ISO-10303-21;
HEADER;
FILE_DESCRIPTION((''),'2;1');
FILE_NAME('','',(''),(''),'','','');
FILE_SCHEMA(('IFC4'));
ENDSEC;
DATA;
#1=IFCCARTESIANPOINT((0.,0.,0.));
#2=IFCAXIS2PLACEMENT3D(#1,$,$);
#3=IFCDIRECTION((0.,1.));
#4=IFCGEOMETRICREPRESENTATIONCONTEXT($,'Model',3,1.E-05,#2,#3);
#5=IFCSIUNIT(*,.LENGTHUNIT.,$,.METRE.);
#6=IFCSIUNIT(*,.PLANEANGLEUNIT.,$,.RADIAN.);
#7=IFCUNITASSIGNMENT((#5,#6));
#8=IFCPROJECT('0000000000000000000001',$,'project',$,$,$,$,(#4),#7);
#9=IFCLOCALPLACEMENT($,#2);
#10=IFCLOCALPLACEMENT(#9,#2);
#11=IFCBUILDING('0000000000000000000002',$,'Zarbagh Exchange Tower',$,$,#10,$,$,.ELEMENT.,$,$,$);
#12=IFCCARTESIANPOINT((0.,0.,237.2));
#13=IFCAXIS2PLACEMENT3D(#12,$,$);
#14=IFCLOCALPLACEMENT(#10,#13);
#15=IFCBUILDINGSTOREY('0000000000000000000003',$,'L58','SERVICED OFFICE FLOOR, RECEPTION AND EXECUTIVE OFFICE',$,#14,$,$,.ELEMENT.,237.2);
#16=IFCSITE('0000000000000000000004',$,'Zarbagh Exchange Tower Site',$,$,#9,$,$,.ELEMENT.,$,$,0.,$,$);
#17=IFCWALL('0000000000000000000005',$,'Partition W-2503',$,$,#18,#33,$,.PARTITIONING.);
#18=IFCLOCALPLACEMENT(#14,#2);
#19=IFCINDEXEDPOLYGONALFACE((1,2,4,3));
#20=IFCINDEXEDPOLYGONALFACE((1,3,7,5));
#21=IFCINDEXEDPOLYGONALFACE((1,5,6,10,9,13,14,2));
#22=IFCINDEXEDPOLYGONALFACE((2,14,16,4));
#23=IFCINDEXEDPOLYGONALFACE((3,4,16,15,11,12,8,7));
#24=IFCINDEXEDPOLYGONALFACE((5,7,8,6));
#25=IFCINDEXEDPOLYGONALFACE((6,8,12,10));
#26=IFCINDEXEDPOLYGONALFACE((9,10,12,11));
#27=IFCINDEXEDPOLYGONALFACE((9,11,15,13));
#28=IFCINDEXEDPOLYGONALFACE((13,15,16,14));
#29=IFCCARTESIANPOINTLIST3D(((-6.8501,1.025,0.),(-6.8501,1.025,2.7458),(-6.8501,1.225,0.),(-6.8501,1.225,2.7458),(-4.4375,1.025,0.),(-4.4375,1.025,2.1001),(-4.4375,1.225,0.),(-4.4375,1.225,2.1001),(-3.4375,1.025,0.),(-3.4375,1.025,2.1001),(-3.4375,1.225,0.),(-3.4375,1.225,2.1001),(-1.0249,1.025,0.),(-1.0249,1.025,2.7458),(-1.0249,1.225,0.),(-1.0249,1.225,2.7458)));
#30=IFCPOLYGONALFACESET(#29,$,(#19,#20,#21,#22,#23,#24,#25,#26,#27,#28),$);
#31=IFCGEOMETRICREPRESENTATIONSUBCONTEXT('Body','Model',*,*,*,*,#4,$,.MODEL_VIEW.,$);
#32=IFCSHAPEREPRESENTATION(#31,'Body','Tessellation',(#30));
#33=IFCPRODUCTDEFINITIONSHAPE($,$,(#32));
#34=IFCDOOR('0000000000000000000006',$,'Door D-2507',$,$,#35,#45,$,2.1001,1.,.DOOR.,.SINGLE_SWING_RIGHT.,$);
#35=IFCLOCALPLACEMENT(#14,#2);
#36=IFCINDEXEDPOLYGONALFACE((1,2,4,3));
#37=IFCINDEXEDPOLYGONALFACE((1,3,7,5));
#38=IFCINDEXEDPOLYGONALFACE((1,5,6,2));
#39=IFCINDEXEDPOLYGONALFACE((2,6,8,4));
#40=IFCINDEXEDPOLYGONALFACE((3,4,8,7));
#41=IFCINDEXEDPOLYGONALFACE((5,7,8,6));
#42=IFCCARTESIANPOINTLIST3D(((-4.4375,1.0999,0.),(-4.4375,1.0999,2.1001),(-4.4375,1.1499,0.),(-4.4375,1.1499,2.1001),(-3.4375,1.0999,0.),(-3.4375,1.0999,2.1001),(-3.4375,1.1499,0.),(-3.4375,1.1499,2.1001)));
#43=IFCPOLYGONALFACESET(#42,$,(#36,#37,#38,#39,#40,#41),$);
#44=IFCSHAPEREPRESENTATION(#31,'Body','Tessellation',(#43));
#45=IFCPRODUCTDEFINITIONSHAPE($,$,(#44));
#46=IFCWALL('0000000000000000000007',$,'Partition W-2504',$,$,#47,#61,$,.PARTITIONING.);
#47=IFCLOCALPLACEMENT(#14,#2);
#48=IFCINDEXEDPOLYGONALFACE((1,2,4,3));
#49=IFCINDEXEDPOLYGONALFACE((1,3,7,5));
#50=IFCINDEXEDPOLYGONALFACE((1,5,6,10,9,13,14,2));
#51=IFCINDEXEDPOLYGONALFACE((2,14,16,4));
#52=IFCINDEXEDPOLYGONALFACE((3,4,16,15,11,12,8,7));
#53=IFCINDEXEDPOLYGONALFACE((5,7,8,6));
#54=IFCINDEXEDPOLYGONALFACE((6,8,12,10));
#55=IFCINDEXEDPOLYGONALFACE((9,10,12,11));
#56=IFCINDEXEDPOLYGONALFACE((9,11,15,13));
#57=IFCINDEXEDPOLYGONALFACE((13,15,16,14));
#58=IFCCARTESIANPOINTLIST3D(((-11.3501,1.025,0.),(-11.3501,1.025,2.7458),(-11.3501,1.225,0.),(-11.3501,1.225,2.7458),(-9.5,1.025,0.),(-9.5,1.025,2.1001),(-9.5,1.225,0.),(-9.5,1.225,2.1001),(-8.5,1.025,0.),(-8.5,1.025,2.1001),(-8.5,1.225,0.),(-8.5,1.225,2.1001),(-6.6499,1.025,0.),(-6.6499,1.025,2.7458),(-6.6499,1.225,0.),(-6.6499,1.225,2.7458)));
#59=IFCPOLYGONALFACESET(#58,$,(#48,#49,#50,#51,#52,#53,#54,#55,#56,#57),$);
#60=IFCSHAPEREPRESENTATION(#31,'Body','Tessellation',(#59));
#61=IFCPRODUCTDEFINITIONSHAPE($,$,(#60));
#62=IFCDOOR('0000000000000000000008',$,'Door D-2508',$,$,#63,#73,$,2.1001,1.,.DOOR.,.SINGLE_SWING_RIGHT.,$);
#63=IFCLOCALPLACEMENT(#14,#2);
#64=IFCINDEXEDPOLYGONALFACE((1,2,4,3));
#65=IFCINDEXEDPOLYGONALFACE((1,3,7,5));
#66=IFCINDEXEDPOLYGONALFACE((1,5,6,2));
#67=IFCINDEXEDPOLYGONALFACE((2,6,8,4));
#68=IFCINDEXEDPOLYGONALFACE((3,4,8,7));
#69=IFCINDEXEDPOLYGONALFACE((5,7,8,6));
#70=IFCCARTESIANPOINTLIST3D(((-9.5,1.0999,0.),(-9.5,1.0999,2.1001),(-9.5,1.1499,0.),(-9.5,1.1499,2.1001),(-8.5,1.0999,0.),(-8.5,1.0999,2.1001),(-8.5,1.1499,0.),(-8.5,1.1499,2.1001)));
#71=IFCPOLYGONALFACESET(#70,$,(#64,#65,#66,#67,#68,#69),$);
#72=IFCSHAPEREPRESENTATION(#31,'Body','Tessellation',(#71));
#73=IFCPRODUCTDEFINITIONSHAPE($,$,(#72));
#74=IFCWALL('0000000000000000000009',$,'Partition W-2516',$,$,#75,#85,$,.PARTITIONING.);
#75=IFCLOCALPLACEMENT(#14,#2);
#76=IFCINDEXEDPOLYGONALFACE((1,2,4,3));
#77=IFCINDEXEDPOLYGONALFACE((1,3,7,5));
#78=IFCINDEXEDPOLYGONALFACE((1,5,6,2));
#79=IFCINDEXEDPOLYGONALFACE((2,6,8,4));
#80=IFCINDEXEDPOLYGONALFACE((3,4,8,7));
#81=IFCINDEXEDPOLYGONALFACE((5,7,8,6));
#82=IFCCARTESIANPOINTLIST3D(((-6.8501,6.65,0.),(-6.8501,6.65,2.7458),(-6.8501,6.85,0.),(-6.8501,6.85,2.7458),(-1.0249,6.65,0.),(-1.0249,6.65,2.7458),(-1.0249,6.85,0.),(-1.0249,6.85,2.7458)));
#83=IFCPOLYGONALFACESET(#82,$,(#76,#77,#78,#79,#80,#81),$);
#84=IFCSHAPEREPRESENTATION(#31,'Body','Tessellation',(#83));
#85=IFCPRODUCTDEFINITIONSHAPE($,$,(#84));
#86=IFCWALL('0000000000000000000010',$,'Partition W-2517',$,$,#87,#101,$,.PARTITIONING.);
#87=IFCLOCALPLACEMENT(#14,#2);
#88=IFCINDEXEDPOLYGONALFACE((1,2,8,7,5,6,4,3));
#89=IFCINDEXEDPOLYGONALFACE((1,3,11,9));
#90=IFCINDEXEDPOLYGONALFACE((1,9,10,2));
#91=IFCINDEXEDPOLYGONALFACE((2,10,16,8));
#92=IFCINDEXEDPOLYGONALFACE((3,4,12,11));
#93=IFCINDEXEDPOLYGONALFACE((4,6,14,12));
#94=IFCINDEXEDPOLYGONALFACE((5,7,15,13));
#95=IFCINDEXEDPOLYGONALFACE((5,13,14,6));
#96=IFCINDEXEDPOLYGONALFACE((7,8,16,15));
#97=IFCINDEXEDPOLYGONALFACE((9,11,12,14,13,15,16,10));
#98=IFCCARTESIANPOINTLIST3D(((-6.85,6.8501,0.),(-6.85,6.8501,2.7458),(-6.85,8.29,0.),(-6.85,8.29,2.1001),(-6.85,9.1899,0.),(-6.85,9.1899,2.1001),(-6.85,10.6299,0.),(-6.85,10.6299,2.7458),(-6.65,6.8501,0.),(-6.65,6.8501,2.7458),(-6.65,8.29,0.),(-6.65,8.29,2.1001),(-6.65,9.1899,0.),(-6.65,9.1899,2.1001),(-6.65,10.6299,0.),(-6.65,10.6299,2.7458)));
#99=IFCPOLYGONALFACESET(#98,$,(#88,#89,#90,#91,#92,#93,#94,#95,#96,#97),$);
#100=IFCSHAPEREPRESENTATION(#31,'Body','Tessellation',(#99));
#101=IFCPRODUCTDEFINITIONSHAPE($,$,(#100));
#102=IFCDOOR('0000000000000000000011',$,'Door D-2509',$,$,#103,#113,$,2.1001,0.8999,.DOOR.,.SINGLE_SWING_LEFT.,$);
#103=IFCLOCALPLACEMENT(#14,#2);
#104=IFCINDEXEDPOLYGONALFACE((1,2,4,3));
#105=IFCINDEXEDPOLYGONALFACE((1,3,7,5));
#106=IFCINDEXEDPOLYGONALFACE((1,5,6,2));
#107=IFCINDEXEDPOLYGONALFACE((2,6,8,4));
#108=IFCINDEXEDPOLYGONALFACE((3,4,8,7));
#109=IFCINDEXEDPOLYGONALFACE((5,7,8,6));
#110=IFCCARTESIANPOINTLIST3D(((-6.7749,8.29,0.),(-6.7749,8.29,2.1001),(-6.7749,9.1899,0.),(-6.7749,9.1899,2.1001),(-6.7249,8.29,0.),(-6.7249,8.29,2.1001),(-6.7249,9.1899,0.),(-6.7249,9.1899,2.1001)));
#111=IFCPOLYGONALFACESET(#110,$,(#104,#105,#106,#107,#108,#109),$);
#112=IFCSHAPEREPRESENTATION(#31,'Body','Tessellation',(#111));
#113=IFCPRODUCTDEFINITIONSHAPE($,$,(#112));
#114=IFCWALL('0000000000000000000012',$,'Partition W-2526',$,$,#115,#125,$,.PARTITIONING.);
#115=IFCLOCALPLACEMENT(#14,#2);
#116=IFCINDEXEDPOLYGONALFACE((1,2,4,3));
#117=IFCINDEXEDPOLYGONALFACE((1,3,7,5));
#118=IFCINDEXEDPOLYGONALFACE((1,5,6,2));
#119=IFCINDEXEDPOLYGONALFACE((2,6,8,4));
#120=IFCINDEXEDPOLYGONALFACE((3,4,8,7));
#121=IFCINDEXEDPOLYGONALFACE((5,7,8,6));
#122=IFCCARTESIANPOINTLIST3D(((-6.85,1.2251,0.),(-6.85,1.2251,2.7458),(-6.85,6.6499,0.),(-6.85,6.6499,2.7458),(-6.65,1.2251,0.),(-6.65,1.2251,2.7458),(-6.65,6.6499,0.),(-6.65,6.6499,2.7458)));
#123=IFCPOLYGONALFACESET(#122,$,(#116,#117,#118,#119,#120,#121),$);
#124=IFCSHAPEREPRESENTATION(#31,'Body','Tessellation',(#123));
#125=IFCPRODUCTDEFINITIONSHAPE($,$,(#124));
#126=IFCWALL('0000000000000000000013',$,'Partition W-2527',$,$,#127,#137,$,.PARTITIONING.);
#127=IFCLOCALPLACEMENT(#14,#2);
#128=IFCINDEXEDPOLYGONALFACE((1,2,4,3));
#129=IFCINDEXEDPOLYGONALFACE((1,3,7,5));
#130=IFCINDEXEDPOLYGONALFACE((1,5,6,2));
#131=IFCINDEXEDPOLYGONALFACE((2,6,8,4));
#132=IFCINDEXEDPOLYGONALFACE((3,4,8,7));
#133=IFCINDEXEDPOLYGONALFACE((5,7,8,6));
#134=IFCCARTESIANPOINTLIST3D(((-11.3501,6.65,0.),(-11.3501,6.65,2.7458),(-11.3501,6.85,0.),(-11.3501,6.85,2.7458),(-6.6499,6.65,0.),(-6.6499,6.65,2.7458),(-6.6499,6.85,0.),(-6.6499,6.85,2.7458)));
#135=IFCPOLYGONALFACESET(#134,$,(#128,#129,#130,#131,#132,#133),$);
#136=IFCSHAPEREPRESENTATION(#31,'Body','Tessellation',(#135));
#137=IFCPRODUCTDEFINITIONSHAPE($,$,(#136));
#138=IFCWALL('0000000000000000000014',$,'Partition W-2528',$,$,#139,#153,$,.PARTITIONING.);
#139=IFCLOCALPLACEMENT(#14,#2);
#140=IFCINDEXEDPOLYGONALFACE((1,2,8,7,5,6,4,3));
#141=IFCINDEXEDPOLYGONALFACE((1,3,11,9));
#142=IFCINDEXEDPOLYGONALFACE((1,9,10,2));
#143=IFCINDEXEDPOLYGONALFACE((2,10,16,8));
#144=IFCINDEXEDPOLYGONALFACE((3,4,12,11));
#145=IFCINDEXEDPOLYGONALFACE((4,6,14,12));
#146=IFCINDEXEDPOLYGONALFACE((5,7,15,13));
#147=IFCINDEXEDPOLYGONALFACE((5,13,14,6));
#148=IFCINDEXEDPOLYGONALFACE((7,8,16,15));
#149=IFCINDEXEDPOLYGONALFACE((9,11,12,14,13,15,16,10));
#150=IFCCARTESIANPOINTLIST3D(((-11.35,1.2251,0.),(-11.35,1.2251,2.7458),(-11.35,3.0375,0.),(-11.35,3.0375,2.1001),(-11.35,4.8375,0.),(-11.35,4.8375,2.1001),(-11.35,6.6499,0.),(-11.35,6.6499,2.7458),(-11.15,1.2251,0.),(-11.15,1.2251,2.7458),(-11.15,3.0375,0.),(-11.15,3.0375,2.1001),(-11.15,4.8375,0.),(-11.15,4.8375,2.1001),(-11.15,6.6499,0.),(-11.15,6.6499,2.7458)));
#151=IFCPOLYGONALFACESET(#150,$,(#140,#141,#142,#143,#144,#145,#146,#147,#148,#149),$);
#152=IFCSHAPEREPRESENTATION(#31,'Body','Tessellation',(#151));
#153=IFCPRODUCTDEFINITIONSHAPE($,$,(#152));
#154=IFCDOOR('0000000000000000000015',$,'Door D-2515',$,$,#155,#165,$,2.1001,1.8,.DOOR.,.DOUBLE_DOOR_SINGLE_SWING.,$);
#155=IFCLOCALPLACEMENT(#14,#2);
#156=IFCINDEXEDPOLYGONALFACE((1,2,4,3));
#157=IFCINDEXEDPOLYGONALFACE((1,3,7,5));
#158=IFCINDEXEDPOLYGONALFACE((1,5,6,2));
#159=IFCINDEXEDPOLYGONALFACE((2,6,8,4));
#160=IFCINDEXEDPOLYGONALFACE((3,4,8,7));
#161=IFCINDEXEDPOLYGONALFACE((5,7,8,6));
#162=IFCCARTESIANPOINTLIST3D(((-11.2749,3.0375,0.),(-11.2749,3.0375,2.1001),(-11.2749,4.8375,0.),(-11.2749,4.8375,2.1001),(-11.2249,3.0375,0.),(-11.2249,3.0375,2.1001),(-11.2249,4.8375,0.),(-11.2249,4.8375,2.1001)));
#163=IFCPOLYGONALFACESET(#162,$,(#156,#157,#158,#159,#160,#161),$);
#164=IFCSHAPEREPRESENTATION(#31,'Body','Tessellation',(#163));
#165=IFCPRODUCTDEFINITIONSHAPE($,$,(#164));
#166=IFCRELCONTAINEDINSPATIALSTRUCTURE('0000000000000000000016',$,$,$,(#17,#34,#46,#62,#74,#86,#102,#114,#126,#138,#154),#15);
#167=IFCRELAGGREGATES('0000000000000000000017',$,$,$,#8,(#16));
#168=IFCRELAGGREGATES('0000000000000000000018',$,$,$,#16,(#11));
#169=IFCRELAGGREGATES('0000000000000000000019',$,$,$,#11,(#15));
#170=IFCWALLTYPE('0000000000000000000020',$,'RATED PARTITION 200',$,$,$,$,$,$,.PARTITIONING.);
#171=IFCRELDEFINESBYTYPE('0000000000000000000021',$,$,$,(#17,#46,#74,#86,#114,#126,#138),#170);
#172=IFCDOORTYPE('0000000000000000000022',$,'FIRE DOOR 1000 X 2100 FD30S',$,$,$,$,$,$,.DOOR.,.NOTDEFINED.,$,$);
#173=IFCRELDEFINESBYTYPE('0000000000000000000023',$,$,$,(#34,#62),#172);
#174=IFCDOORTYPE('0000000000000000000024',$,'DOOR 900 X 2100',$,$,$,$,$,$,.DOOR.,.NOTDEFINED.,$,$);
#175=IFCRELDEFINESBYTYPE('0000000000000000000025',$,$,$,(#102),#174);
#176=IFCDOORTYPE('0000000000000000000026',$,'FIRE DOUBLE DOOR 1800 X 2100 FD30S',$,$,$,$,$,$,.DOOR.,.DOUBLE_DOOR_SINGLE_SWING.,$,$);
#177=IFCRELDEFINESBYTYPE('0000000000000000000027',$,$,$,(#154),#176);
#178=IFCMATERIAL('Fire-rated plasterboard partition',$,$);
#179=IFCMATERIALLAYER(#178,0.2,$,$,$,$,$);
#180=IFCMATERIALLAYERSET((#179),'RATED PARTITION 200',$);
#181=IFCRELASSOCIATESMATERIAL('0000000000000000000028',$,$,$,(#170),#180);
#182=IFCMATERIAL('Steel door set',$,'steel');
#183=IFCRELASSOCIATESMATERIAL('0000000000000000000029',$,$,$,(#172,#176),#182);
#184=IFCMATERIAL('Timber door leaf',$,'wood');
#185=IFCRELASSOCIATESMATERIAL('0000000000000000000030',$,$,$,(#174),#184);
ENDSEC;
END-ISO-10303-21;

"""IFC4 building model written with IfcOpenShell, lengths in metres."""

from ifc_helpers import new_model, si_unit, direction, frame, frame_2d, origin, place, context, subcontext, project, spatial, rectangle, extrude, material, layer, layer_set, type_object, element, fill, save


model = new_model("IFC4")

# Units and contexts
model_context = context("Model", 3, precision=1e-05, world=origin(), true_north=direction((0.0, 1.0)))
body_context = subcontext(model_context, "Body", "Model", "MODEL_VIEW")
ifc_project = project(units=[si_unit("LENGTHUNIT", "METRE"), si_unit("PLANEANGLEUNIT", "RADIAN")], contexts=[model_context])

# Site, building, storey
site_placement = place(None, origin())
site = spatial("IfcSite", under=ifc_project, at=site_placement, Name="Zarbagh Exchange Tower Site", CompositionType="ELEMENT", RefElevation=0.0)
building_placement = place(site_placement, origin())
building = spatial("IfcBuilding", under=site, at=building_placement, Name="Zarbagh Exchange Tower", CompositionType="ELEMENT")
storey_placement = place(building_placement, frame((0.0, 0.0, 237.2)))
storey = spatial("IfcBuildingStorey", under=building, at=storey_placement, Name="L58", Description="SERVICED OFFICE FLOOR, RECEPTION AND EXECUTIVE OFFICE", CompositionType="ELEMENT", Elevation=237.2)

# Walls, openings, doors
ifc_material_1 = material(Name="Fire-rated plasterboard partition")
ifc_layer = layer(ifc_material_1, 0.2)
ifc_layer_set = layer_set([ifc_layer], Name="RATED PARTITION 200")
wall_type = type_object("IfcWallType", Name="RATED PARTITION 200", PredefinedType="PARTITIONING", material=ifc_layer_set)
wall_1_placement = place(storey_placement, frame((-6.8501, 1.125, 0.0), z_axis=(0.0, 0.0, 1.0), x_axis=(1.0, 0.0, 0.0)))
wall_1 = element("IfcWall", 1, at=wall_1_placement, inside=storey, type_object=wall_type, Name="Partition W-2503", PredefinedType="PARTITIONING", context=body_context, shape_type="SweptSolid", body=[
    extrude(rectangle(XDim=5.8252, YDim=0.2, at=frame_2d((2.9126, 0.0))), origin(), (0.0, 0.0, 1.0), 2.7458),
])
opening_1_placement = place(wall_1_placement, frame((2.4126, 0.0, 0.0)))
opening_1 = element("IfcOpeningElement", 2, at=opening_1_placement, cuts=wall_1, PredefinedType="OPENING", context=body_context, shape_type="SweptSolid", body=[
    extrude(rectangle(XDim=1.0, YDim=2.1001, at=frame_2d((0.5, 1.05))), frame((0.0, 0.1099, 0.0), z_axis=(0.0, -1.0, 0.0), x_axis=(1.0, 0.0, 0.0)), (0.0, 0.0, 1.0), 0.22),
])
ifc_material_2 = material(Name="Steel door set", Category="steel")
door_type_1 = type_object("IfcDoorType", Name="FIRE DOOR 1000 X 2100 FD30S", OperationType="NOTDEFINED", PredefinedType="DOOR", material=ifc_material_2)
door_1_placement = place(opening_1_placement, origin())
door_1 = element("IfcDoor", 3, at=door_1_placement, inside=storey, type_object=door_type_1, Name="Door D-2507", OperationType="SINGLE_SWING_RIGHT", OverallHeight=2.1001, OverallWidth=1.0, PredefinedType="DOOR", context=body_context, shape_type="SweptSolid", body=[
    extrude(rectangle(XDim=1.0, YDim=2.1001, at=frame_2d((0.5, 1.05))), frame((0.0, 0.0249, 0.0), z_axis=(0.0, -1.0, 0.0), x_axis=(1.0, 0.0, 0.0)), (0.0, 0.0, 1.0), 0.05),
])
fill(opening_1, door_1)
wall_2_placement = place(storey_placement, frame((-11.3501, 1.125, 0.0), z_axis=(0.0, 0.0, 1.0), x_axis=(1.0, 0.0, 0.0)))
wall_2 = element("IfcWall", 4, at=wall_2_placement, inside=storey, type_object=wall_type, Name="Partition W-2504", PredefinedType="PARTITIONING", context=body_context, shape_type="SweptSolid", body=[
    extrude(rectangle(XDim=4.7002, YDim=0.2, at=frame_2d((2.3501, 0.0))), origin(), (0.0, 0.0, 1.0), 2.7458),
])
opening_2_placement = place(wall_2_placement, frame((1.8501, 0.0, 0.0)))
opening_2 = element("IfcOpeningElement", 5, at=opening_2_placement, cuts=wall_2, PredefinedType="OPENING", context=body_context, shape_type="SweptSolid", body=[
    extrude(rectangle(XDim=1.0, YDim=2.1001, at=frame_2d((0.5, 1.05))), frame((0.0, 0.1099, 0.0), z_axis=(0.0, -1.0, 0.0), x_axis=(1.0, 0.0, 0.0)), (0.0, 0.0, 1.0), 0.22),
])
door_2_placement = place(opening_2_placement, origin())
door_2 = element("IfcDoor", 6, at=door_2_placement, inside=storey, type_object=door_type_1, Name="Door D-2508", OperationType="SINGLE_SWING_RIGHT", OverallHeight=2.1001, OverallWidth=1.0, PredefinedType="DOOR", context=body_context, shape_type="SweptSolid", body=[
    extrude(rectangle(XDim=1.0, YDim=2.1001, at=frame_2d((0.5, 1.05))), frame((0.0, 0.0249, 0.0), z_axis=(0.0, -1.0, 0.0), x_axis=(1.0, 0.0, 0.0)), (0.0, 0.0, 1.0), 0.05),
])
fill(opening_2, door_2)

# Wall
wall_3_placement = place(storey_placement, frame((-6.8501, 6.75, 0.0), z_axis=(0.0, 0.0, 1.0), x_axis=(1.0, 0.0, 0.0)))
element("IfcWall", 7, at=wall_3_placement, inside=storey, type_object=wall_type, Name="Partition W-2516", PredefinedType="PARTITIONING", context=body_context, shape_type="SweptSolid", body=[
    extrude(rectangle(XDim=5.8252, YDim=0.2, at=frame_2d((2.9126, 0.0))), origin(), (0.0, 0.0, 1.0), 2.7458),
])

# Wall, opening, door
wall_4_placement = place(storey_placement, frame((-6.75, 6.8501, 0.0), z_axis=(0.0, 0.0, 1.0), x_axis=(0.0, 1.0, 0.0)))
wall_4 = element("IfcWall", 8, at=wall_4_placement, inside=storey, type_object=wall_type, Name="Partition W-2517", PredefinedType="PARTITIONING", context=body_context, shape_type="SweptSolid", body=[
    extrude(rectangle(XDim=3.7798, YDim=0.2, at=frame_2d((1.8899, 0.0))), origin(), (0.0, 0.0, 1.0), 2.7458),
])
opening_3_placement = place(wall_4_placement, frame((1.4399, 0.0, 0.0)))
opening_3 = element("IfcOpeningElement", 9, at=opening_3_placement, cuts=wall_4, PredefinedType="OPENING", context=body_context, shape_type="SweptSolid", body=[
    extrude(rectangle(XDim=0.8999, YDim=2.1001, at=frame_2d((0.45, 1.05))), frame((0.0, 0.1099, 0.0), z_axis=(0.0, -1.0, 0.0), x_axis=(1.0, 0.0, 0.0)), (0.0, 0.0, 1.0), 0.22),
])
ifc_material_3 = material(Name="Timber door leaf", Category="wood")
door_type_2 = type_object("IfcDoorType", Name="DOOR 900 X 2100", OperationType="NOTDEFINED", PredefinedType="DOOR", material=ifc_material_3)
door_3_placement = place(opening_3_placement, origin())
door_3 = element("IfcDoor", 10, at=door_3_placement, inside=storey, type_object=door_type_2, Name="Door D-2509", OperationType="SINGLE_SWING_LEFT", OverallHeight=2.1001, OverallWidth=0.8999, PredefinedType="DOOR", context=body_context, shape_type="SweptSolid", body=[
    extrude(rectangle(XDim=0.8999, YDim=2.1001, at=frame_2d((0.45, 1.05))), frame((0.0, 0.0249, 0.0), z_axis=(0.0, -1.0, 0.0), x_axis=(1.0, 0.0, 0.0)), (0.0, 0.0, 1.0), 0.05),
])
fill(opening_3, door_3)

# Walls
wall_5_placement = place(storey_placement, frame((-6.75, 1.2251, 0.0), z_axis=(0.0, 0.0, 1.0), x_axis=(0.0, 1.0, 0.0)))
element("IfcWall", 11, at=wall_5_placement, inside=storey, type_object=wall_type, Name="Partition W-2526", PredefinedType="PARTITIONING", context=body_context, shape_type="SweptSolid", body=[
    extrude(rectangle(XDim=5.4248, YDim=0.2, at=frame_2d((2.7124, 0.0))), origin(), (0.0, 0.0, 1.0), 2.7458),
])
wall_6_placement = place(storey_placement, frame((-11.3501, 6.75, 0.0), z_axis=(0.0, 0.0, 1.0), x_axis=(1.0, 0.0, 0.0)))
element("IfcWall", 12, at=wall_6_placement, inside=storey, type_object=wall_type, Name="Partition W-2527", PredefinedType="PARTITIONING", context=body_context, shape_type="SweptSolid", body=[
    extrude(rectangle(XDim=4.7002, YDim=0.2, at=frame_2d((2.3501, 0.0))), origin(), (0.0, 0.0, 1.0), 2.7458),
])

# Wall, opening, door
wall_7_placement = place(storey_placement, frame((-11.25, 1.2251, 0.0), z_axis=(0.0, 0.0, 1.0), x_axis=(0.0, 1.0, 0.0)))
wall_7 = element("IfcWall", 13, at=wall_7_placement, inside=storey, type_object=wall_type, Name="Partition W-2528", PredefinedType="PARTITIONING", context=body_context, shape_type="SweptSolid", body=[
    extrude(rectangle(XDim=5.4248, YDim=0.2, at=frame_2d((2.7124, 0.0))), origin(), (0.0, 0.0, 1.0), 2.7458),
])
opening_4_placement = place(wall_7_placement, frame((1.8125, 0.0, 0.0)))
opening_4 = element("IfcOpeningElement", 14, at=opening_4_placement, cuts=wall_7, PredefinedType="OPENING", context=body_context, shape_type="SweptSolid", body=[
    extrude(rectangle(XDim=1.8, YDim=2.1001, at=frame_2d((0.8999, 1.05))), frame((0.0, 0.1099, 0.0), z_axis=(0.0, -1.0, 0.0), x_axis=(1.0, 0.0, 0.0)), (0.0, 0.0, 1.0), 0.22),
])
door_type_3 = type_object("IfcDoorType", Name="FIRE DOUBLE DOOR 1800 X 2100 FD30S", OperationType="DOUBLE_DOOR_SINGLE_SWING", PredefinedType="DOOR", material=ifc_material_2)
door_4_placement = place(opening_4_placement, origin())
door_4 = element("IfcDoor", 15, at=door_4_placement, inside=storey, type_object=door_type_3, Name="Door D-2515", OperationType="DOUBLE_DOOR_SINGLE_SWING", OverallHeight=2.1001, OverallWidth=1.8, PredefinedType="DOOR", context=body_context, shape_type="SweptSolid", body=[
    extrude(rectangle(XDim=1.8, YDim=2.1001, at=frame_2d((0.8999, 1.05))), frame((0.0, 0.0249, 0.0), z_axis=(0.0, -1.0, 0.0), x_axis=(1.0, 0.0, 0.0)), (0.0, 0.0, 1.0), 0.05),
])
fill(opening_4, door_4)

save(model, "model.ifc")
